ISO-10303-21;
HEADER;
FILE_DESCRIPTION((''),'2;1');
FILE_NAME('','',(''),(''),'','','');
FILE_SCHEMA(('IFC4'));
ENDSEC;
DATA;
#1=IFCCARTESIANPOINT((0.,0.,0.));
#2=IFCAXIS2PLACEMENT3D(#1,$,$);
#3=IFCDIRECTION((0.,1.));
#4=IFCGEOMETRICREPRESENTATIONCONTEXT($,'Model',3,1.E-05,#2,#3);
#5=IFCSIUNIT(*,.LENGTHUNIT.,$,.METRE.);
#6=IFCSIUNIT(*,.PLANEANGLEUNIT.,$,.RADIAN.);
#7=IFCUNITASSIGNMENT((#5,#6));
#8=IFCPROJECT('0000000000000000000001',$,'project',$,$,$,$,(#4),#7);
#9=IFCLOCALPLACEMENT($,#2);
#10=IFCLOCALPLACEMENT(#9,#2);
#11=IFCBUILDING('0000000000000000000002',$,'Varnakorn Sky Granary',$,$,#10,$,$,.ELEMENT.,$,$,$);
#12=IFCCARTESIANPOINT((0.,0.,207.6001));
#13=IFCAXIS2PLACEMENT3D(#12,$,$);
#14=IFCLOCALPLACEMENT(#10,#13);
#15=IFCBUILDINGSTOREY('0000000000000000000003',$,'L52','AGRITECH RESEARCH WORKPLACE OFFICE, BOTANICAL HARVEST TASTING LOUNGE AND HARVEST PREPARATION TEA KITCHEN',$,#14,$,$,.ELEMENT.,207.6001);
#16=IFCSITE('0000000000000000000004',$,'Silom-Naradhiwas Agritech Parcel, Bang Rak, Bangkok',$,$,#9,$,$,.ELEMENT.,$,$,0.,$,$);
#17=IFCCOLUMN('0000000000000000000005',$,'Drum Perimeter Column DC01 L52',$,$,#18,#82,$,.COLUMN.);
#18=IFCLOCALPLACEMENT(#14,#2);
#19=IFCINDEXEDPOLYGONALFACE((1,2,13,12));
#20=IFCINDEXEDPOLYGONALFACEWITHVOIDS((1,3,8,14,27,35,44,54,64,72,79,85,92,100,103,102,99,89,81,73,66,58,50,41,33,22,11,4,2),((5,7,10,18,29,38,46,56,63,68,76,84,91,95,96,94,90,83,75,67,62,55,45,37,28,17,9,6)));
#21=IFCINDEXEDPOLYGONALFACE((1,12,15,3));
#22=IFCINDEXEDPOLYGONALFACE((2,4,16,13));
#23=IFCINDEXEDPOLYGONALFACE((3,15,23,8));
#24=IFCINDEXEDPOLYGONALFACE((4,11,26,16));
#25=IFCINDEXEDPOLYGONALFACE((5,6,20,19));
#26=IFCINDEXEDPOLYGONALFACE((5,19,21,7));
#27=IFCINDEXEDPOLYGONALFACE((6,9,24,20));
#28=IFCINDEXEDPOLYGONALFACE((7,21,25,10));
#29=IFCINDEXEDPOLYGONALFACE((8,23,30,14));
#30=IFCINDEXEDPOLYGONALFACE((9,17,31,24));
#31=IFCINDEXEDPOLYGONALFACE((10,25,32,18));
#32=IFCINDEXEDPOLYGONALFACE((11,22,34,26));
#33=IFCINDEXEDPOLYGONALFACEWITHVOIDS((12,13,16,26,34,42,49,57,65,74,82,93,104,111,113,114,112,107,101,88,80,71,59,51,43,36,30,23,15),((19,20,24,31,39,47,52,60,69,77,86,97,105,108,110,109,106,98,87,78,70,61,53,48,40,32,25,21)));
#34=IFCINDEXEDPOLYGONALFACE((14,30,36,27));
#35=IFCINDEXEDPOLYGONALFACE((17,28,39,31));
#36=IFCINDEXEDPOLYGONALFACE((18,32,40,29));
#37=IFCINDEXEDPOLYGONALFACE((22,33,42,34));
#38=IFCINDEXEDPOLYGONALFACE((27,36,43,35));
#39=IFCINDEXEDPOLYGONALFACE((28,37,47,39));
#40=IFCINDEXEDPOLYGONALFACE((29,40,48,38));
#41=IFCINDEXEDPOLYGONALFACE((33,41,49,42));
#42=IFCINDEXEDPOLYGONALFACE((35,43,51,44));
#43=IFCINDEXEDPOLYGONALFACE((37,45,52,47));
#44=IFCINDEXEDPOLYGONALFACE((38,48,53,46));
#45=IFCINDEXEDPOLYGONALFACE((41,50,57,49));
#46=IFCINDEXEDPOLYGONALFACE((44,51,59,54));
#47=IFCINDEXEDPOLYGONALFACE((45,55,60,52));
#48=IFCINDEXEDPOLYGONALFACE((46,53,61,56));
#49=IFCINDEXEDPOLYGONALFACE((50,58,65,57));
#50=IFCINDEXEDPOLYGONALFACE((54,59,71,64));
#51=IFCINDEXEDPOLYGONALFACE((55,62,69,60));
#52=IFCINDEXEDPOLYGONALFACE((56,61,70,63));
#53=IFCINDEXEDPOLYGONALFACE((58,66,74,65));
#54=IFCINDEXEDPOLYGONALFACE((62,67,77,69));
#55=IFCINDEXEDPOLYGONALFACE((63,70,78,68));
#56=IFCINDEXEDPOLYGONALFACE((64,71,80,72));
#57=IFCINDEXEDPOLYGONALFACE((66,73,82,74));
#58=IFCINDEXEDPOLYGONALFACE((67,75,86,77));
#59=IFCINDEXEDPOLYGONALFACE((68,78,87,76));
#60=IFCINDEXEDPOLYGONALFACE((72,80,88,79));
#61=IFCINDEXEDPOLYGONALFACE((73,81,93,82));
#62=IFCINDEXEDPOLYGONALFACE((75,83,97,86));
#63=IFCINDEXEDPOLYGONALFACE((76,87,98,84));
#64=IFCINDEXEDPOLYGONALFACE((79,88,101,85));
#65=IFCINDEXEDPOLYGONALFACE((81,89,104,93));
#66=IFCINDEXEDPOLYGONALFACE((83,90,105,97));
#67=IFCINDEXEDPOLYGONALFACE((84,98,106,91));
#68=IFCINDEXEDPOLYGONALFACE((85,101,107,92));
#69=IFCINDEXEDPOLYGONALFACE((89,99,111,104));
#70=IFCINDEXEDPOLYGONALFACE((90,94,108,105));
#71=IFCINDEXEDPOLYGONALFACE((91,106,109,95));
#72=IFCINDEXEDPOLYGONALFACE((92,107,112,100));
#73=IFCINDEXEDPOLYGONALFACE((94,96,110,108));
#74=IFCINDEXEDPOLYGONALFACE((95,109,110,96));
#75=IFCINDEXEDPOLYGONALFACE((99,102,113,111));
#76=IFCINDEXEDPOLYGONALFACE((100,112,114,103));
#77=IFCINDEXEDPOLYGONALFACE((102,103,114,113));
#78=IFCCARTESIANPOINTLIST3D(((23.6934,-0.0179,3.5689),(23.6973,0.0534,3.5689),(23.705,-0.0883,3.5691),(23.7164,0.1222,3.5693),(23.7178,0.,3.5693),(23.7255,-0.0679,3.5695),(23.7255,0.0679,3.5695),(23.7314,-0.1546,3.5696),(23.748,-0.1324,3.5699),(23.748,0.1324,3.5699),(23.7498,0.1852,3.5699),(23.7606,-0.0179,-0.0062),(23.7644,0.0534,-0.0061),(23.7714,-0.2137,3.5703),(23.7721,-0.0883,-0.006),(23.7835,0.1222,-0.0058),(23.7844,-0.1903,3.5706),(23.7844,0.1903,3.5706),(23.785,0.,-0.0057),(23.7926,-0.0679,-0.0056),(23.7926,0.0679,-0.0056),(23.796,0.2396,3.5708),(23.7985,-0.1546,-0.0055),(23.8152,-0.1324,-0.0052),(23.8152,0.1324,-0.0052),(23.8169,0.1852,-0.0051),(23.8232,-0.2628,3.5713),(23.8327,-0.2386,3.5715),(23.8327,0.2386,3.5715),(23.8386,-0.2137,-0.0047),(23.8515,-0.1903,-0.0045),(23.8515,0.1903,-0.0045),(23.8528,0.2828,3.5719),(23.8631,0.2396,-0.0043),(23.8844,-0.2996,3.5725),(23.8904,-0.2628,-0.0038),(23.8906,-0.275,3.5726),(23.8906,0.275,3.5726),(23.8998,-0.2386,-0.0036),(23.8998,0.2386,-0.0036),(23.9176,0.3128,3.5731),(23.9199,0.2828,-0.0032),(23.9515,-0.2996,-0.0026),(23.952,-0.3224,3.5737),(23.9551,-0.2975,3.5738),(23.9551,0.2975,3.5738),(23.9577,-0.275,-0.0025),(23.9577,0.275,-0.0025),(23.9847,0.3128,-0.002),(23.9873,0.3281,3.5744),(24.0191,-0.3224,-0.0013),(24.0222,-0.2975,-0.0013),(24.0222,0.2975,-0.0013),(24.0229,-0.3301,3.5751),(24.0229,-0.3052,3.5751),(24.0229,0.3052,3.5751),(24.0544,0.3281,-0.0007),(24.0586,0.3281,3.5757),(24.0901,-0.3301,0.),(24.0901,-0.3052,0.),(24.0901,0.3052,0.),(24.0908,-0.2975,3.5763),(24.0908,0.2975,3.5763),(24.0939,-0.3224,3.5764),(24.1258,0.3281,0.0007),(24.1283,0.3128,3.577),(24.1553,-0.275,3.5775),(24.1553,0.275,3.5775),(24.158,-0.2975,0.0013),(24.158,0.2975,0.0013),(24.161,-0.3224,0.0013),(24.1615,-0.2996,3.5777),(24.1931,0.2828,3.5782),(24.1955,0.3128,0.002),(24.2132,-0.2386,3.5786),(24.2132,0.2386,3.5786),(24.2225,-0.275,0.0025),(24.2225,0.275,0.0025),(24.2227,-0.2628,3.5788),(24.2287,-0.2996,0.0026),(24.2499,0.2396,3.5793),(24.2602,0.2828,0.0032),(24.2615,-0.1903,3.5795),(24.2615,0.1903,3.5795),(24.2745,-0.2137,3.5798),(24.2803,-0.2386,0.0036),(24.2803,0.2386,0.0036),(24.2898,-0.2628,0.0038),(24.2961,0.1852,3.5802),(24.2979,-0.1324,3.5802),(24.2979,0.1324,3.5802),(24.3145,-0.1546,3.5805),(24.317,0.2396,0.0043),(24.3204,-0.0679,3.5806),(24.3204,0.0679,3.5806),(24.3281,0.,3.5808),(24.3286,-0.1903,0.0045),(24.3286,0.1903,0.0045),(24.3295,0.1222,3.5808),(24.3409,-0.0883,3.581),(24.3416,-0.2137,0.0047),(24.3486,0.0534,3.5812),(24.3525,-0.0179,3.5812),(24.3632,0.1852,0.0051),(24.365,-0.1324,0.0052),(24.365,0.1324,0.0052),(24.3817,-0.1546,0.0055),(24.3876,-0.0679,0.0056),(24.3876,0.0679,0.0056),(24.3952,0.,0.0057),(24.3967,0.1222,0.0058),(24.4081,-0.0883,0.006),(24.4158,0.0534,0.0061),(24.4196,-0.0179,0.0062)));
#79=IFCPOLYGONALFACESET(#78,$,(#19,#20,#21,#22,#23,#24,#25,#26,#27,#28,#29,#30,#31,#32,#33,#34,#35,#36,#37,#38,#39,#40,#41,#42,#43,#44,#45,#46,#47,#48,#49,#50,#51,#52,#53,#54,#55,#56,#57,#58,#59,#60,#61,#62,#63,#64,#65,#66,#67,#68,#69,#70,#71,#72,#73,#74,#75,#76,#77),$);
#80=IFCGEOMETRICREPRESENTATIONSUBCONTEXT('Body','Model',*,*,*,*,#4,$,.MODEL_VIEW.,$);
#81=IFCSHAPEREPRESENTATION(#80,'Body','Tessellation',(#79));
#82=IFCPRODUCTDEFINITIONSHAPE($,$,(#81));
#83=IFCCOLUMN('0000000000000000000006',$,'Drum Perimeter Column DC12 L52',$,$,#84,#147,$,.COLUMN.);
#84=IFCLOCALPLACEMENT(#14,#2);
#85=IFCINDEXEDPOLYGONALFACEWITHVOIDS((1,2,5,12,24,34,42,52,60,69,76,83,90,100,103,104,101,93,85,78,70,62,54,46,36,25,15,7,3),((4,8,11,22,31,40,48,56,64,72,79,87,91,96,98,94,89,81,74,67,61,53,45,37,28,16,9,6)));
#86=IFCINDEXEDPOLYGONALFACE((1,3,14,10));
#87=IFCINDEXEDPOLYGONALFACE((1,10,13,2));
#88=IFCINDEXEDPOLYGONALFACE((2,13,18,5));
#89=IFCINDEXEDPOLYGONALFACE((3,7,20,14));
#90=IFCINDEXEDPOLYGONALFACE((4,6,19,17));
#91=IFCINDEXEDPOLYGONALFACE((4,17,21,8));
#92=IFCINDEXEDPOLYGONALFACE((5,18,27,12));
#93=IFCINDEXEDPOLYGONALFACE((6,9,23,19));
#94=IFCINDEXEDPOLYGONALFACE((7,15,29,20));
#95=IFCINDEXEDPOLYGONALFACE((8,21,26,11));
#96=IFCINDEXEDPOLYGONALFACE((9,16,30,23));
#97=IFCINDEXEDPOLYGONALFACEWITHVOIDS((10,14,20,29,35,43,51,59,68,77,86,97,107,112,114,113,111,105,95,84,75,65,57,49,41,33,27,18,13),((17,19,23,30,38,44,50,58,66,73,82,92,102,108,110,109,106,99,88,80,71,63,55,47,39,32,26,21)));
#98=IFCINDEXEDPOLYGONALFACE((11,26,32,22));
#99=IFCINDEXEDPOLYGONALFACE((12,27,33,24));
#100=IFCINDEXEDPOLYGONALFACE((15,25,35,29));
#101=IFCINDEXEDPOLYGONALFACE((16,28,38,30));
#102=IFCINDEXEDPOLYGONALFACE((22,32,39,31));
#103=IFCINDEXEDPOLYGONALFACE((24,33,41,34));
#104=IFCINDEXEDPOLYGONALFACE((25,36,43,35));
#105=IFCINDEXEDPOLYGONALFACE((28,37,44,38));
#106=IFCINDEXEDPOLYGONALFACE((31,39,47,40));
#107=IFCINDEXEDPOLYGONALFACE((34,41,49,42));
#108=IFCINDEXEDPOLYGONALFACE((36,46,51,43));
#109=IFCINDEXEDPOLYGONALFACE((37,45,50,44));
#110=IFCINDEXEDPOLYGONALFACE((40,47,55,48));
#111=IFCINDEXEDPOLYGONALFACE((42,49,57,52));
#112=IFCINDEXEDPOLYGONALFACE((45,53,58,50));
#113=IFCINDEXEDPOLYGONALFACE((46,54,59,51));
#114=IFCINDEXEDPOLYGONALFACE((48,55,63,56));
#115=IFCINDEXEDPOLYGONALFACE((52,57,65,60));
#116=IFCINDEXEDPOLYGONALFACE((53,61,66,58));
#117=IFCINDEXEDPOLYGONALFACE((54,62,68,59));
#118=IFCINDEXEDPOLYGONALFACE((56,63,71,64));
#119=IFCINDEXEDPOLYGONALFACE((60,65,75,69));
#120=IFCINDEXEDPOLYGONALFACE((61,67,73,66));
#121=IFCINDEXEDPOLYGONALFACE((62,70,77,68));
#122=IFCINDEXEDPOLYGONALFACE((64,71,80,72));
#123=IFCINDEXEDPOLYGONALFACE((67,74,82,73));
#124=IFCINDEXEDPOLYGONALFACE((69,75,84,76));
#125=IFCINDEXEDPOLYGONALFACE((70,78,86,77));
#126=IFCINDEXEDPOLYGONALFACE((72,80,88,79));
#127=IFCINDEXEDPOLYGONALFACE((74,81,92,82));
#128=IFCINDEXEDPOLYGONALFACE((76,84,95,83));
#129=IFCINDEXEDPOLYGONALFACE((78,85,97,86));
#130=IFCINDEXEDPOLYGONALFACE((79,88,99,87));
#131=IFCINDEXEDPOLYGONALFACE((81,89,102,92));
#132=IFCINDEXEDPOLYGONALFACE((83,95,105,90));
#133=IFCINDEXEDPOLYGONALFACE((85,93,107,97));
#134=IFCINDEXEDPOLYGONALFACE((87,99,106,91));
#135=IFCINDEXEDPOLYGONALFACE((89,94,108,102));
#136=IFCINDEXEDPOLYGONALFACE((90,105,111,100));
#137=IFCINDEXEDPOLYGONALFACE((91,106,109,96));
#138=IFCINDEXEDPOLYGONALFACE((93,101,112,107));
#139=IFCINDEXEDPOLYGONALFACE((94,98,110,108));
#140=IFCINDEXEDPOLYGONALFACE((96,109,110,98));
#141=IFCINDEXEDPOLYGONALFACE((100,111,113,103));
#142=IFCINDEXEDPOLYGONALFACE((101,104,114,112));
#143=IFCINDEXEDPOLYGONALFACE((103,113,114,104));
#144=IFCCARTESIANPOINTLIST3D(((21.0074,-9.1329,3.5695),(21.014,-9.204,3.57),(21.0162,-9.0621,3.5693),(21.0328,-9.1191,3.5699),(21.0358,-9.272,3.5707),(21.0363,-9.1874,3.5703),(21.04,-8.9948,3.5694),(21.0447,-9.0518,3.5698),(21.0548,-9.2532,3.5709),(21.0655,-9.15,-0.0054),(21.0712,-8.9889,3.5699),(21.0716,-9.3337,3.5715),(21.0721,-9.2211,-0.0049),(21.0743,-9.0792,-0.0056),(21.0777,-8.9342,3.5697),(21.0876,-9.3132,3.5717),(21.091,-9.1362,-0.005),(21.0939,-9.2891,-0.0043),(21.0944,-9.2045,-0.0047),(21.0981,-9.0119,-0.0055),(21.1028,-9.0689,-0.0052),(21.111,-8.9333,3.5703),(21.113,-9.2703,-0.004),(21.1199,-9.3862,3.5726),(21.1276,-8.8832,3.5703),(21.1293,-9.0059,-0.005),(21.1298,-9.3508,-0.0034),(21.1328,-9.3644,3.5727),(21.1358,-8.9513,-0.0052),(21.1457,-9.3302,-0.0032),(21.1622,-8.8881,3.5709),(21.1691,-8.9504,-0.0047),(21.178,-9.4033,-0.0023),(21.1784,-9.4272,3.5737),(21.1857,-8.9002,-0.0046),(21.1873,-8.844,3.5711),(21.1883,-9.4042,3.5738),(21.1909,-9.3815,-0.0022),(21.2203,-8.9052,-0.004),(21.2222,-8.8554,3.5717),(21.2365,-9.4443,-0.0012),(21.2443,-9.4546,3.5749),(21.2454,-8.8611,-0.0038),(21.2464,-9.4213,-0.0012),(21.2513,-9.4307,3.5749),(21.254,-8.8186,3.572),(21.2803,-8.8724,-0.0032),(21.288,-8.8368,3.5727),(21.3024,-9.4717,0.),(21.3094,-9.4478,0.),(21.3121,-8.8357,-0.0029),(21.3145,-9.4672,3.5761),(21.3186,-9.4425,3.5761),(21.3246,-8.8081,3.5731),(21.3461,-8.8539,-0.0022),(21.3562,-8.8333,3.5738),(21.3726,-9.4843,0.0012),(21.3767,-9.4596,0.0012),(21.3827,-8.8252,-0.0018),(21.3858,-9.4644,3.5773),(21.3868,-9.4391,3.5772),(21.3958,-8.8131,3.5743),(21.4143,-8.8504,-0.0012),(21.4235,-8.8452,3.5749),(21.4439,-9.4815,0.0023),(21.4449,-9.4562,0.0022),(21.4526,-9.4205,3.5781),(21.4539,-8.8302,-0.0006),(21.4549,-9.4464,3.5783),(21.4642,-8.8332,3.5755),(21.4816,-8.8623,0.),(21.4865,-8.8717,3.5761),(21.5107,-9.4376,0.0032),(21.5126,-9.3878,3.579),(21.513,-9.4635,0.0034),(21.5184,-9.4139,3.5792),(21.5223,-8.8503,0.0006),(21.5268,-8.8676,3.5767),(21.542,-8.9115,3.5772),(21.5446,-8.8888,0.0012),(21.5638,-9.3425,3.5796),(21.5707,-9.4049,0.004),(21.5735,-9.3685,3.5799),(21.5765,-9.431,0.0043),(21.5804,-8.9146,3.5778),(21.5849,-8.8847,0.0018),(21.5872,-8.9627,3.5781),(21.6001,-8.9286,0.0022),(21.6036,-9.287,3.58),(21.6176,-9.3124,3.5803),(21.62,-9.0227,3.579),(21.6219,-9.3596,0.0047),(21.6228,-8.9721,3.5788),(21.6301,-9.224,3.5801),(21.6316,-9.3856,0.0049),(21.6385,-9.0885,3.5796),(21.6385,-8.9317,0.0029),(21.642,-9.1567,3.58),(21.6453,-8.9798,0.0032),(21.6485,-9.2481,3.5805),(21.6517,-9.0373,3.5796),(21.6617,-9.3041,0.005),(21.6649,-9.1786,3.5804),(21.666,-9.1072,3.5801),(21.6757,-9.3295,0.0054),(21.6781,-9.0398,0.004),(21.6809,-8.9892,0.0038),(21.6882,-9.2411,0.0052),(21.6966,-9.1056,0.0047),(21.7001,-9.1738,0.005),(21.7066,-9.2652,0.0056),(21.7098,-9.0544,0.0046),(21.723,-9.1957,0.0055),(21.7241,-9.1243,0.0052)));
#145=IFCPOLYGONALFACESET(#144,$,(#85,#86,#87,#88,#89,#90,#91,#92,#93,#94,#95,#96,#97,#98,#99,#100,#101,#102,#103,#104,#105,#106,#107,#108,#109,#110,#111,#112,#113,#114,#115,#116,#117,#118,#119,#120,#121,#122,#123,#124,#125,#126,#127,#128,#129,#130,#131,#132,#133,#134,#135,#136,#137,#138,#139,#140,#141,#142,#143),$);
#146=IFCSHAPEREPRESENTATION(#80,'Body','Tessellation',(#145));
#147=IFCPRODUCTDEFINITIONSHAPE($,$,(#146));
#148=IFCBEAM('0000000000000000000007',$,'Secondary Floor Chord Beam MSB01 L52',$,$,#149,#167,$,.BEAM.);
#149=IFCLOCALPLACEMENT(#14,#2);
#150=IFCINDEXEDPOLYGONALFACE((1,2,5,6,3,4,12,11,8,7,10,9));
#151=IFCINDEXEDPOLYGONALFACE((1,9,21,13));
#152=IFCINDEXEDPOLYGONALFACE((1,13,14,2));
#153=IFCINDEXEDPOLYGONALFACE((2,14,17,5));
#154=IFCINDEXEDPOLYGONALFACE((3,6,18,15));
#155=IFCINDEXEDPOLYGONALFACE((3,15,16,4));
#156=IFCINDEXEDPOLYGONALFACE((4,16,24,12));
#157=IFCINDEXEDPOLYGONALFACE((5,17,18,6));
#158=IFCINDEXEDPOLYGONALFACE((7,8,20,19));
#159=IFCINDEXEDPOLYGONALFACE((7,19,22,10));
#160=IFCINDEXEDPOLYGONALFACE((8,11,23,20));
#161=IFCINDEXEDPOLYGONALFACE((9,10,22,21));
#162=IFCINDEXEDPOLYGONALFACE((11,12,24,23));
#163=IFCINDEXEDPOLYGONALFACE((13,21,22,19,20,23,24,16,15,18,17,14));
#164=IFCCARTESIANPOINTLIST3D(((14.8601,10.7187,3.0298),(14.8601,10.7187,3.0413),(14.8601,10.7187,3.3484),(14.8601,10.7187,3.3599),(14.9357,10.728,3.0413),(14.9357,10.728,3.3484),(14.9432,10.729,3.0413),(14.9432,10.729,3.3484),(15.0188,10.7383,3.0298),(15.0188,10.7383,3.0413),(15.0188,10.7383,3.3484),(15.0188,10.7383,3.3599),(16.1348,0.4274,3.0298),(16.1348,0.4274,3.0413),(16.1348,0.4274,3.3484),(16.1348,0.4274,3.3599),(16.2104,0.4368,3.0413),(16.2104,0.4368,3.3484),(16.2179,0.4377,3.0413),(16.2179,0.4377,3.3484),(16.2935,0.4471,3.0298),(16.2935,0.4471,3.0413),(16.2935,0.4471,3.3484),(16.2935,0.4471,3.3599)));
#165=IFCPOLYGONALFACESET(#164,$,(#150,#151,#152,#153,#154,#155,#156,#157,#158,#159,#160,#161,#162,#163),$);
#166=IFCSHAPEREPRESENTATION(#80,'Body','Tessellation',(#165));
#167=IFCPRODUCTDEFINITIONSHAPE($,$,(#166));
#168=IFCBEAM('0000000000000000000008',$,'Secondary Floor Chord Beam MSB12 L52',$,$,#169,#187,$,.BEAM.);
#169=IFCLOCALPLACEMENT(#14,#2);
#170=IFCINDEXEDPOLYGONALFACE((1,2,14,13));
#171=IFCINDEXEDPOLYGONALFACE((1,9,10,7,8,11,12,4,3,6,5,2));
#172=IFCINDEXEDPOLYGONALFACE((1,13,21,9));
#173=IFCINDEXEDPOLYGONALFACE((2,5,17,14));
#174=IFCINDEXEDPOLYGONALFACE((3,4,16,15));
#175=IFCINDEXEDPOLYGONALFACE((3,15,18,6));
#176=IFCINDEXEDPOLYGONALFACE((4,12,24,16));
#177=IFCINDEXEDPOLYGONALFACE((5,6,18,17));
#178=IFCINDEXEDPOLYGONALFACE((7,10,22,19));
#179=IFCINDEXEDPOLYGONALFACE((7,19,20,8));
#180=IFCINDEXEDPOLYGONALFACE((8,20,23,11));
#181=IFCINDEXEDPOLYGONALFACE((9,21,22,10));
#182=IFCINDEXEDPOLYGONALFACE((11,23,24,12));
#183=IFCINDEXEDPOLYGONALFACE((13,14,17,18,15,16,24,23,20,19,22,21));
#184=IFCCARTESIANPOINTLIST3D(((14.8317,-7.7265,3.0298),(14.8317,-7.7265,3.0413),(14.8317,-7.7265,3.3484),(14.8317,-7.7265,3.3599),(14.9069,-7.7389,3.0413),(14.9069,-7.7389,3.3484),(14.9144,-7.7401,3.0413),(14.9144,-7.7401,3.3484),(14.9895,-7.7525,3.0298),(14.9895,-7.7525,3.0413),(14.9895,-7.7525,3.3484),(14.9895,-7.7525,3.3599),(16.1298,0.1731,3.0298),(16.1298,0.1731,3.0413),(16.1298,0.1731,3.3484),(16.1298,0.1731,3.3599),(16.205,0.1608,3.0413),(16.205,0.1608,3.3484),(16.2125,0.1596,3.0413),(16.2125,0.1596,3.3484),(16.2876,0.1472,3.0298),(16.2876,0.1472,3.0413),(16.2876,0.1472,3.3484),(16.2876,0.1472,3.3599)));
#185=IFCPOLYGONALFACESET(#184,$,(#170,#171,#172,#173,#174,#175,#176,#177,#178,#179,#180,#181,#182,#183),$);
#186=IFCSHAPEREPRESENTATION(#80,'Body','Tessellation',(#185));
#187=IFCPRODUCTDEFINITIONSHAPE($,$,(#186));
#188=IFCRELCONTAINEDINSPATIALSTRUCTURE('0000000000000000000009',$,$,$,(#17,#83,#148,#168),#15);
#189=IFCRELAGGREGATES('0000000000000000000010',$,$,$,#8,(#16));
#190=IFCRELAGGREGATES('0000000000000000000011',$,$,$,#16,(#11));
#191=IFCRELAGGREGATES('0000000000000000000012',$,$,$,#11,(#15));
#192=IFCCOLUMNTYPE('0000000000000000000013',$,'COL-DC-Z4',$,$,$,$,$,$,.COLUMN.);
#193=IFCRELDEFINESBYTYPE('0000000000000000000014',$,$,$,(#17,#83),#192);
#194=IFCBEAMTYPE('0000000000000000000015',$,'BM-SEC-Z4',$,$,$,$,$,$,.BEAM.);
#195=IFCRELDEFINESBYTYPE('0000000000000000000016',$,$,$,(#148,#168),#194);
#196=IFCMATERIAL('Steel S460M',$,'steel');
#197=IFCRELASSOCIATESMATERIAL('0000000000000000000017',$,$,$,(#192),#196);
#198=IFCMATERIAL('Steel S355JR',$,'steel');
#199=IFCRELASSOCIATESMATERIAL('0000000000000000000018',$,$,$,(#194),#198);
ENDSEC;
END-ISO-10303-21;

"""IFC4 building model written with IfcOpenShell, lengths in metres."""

from ifc_helpers import new_model, si_unit, direction, frame, origin, origin_2d, place, context, subcontext, project, spatial, hollow_circle, i_section, extrude, material, material_profile, profile_set, type_object, element, save


model = new_model("IFC4")

# Units and contexts
model_context = context("Model", 3, precision=1e-05, world=origin(), true_north=direction((0.0, 1.0)))
body_context = subcontext(model_context, "Body", "Model", "MODEL_VIEW")
ifc_project = project(units=[si_unit("LENGTHUNIT", "METRE"), si_unit("PLANEANGLEUNIT", "RADIAN")], contexts=[model_context])

# Site, building, storey
site_placement = place(None, origin())
site = spatial("IfcSite", under=ifc_project, at=site_placement, Name="Silom-Naradhiwas Agritech Parcel, Bang Rak, Bangkok", CompositionType="ELEMENT", RefElevation=0.0)
building_placement = place(site_placement, origin())
building = spatial("IfcBuilding", under=site, at=building_placement, Name="Varnakorn Sky Granary", CompositionType="ELEMENT")
storey_placement = place(building_placement, frame((0.0, 0.0, 207.6001)))
storey = spatial("IfcBuildingStorey", under=building, at=storey_placement, Name="L52", Description="AGRITECH RESEARCH WORKPLACE OFFICE, BOTANICAL HARVEST TASTING LOUNGE AND HARVEST PREPARATION TEA KITCHEN", CompositionType="ELEMENT", Elevation=207.6001)

# Columns
ifc_material_1 = material(Name="Steel S460M", Category="steel")
ifc_material_profile_1 = material_profile(ifc_material_1, hollow_circle(Radius=0.3301, WallThickness=0.0249, at=origin_2d()), Name="CHS 660x25")
ifc_profile_set_1 = profile_set([ifc_material_profile_1], Name="Steel S460M")
column_type = type_object("IfcColumnType", Name="COL-DC-Z4", PredefinedType="COLUMN", material=ifc_profile_set_1)
column_1_placement = place(storey_placement, frame((24.0901, 0.0, 0.0), z_axis=(-0.018777, 0.0, 0.999824), x_axis=(0.0, -1.0, 0.0)))
element("IfcColumn", 1, at=column_1_placement, inside=storey, type_object=column_type, Name="Drum Perimeter Column DC01 L52", PredefinedType="COLUMN", context=body_context, shape_type="SweptSolid", body=[
    extrude(hollow_circle(Radius=0.3301, WallThickness=0.0249, at=origin_2d()), origin(), (0.0, 0.0, 1.0), 3.5757),
])
column_2_placement = place(storey_placement, frame((21.3955, -9.155, 0.0), z_axis=(-0.016251, 0.00478, 0.999857), x_axis=(-0.282166, -0.959366, 0.0)))
element("IfcColumn", 2, at=column_2_placement, inside=storey, type_object=column_type, Name="Drum Perimeter Column DC12 L52", PredefinedType="COLUMN", context=body_context, shape_type="SweptSolid", body=[
    extrude(hollow_circle(Radius=0.3301, WallThickness=0.0249, at=origin_2d()), origin(), (0.0, 0.0, 1.0), 3.5754),
])

# Beams
ifc_material_2 = material(Name="Steel S355JR", Category="steel")
ifc_material_profile_2 = material_profile(ifc_material_2, i_section(OverallWidth=0.1599, OverallDepth=0.3301, WebThickness=0.0076, FlangeThickness=0.0115, at=origin_2d()), Name="IPE 330")
ifc_profile_set_2 = profile_set([ifc_material_profile_2], Name="Steel S355JR")
beam_type_1 = type_object("IfcBeamType", Name="BM-SEC-Z4", PredefinedType="BEAM", material=ifc_profile_set_2)
beam_1_placement = place(storey_placement, frame((16.2141, 0.4373, 3.1948), z_axis=(-0.122919, 0.992417, 0.0), x_axis=(-0.992417, -0.122919, 0.0)))
element("IfcBeam", 3, at=beam_1_placement, inside=storey, type_object=beam_type_1, Name="Secondary Floor Chord Beam MSB01 L52", PredefinedType="BEAM", context=body_context, shape_type="SweptSolid", body=[
    extrude(i_section(OverallWidth=0.1599, OverallDepth=0.3301, WebThickness=0.0076, FlangeThickness=0.0115, at=origin_2d()), origin(), (0.0, 0.0, 1.0), 10.3699),
])
beam_2_placement = place(storey_placement, frame((14.9106, -7.7395, 3.1948), z_axis=(0.162148, 0.986766, 0.0), x_axis=(-0.986766, 0.162148, 0.0)))
element("IfcBeam", 4, at=beam_2_placement, inside=storey, type_object=beam_type_1, Name="Secondary Floor Chord Beam MSB12 L52", PredefinedType="BEAM", context=body_context, shape_type="SweptSolid", body=[
    extrude(i_section(OverallWidth=0.1599, OverallDepth=0.3301, WebThickness=0.0076, FlangeThickness=0.0115, at=origin_2d()), origin(), (0.0, 0.0, 1.0), 8.0056),
])

save(model, "model.ifc")
